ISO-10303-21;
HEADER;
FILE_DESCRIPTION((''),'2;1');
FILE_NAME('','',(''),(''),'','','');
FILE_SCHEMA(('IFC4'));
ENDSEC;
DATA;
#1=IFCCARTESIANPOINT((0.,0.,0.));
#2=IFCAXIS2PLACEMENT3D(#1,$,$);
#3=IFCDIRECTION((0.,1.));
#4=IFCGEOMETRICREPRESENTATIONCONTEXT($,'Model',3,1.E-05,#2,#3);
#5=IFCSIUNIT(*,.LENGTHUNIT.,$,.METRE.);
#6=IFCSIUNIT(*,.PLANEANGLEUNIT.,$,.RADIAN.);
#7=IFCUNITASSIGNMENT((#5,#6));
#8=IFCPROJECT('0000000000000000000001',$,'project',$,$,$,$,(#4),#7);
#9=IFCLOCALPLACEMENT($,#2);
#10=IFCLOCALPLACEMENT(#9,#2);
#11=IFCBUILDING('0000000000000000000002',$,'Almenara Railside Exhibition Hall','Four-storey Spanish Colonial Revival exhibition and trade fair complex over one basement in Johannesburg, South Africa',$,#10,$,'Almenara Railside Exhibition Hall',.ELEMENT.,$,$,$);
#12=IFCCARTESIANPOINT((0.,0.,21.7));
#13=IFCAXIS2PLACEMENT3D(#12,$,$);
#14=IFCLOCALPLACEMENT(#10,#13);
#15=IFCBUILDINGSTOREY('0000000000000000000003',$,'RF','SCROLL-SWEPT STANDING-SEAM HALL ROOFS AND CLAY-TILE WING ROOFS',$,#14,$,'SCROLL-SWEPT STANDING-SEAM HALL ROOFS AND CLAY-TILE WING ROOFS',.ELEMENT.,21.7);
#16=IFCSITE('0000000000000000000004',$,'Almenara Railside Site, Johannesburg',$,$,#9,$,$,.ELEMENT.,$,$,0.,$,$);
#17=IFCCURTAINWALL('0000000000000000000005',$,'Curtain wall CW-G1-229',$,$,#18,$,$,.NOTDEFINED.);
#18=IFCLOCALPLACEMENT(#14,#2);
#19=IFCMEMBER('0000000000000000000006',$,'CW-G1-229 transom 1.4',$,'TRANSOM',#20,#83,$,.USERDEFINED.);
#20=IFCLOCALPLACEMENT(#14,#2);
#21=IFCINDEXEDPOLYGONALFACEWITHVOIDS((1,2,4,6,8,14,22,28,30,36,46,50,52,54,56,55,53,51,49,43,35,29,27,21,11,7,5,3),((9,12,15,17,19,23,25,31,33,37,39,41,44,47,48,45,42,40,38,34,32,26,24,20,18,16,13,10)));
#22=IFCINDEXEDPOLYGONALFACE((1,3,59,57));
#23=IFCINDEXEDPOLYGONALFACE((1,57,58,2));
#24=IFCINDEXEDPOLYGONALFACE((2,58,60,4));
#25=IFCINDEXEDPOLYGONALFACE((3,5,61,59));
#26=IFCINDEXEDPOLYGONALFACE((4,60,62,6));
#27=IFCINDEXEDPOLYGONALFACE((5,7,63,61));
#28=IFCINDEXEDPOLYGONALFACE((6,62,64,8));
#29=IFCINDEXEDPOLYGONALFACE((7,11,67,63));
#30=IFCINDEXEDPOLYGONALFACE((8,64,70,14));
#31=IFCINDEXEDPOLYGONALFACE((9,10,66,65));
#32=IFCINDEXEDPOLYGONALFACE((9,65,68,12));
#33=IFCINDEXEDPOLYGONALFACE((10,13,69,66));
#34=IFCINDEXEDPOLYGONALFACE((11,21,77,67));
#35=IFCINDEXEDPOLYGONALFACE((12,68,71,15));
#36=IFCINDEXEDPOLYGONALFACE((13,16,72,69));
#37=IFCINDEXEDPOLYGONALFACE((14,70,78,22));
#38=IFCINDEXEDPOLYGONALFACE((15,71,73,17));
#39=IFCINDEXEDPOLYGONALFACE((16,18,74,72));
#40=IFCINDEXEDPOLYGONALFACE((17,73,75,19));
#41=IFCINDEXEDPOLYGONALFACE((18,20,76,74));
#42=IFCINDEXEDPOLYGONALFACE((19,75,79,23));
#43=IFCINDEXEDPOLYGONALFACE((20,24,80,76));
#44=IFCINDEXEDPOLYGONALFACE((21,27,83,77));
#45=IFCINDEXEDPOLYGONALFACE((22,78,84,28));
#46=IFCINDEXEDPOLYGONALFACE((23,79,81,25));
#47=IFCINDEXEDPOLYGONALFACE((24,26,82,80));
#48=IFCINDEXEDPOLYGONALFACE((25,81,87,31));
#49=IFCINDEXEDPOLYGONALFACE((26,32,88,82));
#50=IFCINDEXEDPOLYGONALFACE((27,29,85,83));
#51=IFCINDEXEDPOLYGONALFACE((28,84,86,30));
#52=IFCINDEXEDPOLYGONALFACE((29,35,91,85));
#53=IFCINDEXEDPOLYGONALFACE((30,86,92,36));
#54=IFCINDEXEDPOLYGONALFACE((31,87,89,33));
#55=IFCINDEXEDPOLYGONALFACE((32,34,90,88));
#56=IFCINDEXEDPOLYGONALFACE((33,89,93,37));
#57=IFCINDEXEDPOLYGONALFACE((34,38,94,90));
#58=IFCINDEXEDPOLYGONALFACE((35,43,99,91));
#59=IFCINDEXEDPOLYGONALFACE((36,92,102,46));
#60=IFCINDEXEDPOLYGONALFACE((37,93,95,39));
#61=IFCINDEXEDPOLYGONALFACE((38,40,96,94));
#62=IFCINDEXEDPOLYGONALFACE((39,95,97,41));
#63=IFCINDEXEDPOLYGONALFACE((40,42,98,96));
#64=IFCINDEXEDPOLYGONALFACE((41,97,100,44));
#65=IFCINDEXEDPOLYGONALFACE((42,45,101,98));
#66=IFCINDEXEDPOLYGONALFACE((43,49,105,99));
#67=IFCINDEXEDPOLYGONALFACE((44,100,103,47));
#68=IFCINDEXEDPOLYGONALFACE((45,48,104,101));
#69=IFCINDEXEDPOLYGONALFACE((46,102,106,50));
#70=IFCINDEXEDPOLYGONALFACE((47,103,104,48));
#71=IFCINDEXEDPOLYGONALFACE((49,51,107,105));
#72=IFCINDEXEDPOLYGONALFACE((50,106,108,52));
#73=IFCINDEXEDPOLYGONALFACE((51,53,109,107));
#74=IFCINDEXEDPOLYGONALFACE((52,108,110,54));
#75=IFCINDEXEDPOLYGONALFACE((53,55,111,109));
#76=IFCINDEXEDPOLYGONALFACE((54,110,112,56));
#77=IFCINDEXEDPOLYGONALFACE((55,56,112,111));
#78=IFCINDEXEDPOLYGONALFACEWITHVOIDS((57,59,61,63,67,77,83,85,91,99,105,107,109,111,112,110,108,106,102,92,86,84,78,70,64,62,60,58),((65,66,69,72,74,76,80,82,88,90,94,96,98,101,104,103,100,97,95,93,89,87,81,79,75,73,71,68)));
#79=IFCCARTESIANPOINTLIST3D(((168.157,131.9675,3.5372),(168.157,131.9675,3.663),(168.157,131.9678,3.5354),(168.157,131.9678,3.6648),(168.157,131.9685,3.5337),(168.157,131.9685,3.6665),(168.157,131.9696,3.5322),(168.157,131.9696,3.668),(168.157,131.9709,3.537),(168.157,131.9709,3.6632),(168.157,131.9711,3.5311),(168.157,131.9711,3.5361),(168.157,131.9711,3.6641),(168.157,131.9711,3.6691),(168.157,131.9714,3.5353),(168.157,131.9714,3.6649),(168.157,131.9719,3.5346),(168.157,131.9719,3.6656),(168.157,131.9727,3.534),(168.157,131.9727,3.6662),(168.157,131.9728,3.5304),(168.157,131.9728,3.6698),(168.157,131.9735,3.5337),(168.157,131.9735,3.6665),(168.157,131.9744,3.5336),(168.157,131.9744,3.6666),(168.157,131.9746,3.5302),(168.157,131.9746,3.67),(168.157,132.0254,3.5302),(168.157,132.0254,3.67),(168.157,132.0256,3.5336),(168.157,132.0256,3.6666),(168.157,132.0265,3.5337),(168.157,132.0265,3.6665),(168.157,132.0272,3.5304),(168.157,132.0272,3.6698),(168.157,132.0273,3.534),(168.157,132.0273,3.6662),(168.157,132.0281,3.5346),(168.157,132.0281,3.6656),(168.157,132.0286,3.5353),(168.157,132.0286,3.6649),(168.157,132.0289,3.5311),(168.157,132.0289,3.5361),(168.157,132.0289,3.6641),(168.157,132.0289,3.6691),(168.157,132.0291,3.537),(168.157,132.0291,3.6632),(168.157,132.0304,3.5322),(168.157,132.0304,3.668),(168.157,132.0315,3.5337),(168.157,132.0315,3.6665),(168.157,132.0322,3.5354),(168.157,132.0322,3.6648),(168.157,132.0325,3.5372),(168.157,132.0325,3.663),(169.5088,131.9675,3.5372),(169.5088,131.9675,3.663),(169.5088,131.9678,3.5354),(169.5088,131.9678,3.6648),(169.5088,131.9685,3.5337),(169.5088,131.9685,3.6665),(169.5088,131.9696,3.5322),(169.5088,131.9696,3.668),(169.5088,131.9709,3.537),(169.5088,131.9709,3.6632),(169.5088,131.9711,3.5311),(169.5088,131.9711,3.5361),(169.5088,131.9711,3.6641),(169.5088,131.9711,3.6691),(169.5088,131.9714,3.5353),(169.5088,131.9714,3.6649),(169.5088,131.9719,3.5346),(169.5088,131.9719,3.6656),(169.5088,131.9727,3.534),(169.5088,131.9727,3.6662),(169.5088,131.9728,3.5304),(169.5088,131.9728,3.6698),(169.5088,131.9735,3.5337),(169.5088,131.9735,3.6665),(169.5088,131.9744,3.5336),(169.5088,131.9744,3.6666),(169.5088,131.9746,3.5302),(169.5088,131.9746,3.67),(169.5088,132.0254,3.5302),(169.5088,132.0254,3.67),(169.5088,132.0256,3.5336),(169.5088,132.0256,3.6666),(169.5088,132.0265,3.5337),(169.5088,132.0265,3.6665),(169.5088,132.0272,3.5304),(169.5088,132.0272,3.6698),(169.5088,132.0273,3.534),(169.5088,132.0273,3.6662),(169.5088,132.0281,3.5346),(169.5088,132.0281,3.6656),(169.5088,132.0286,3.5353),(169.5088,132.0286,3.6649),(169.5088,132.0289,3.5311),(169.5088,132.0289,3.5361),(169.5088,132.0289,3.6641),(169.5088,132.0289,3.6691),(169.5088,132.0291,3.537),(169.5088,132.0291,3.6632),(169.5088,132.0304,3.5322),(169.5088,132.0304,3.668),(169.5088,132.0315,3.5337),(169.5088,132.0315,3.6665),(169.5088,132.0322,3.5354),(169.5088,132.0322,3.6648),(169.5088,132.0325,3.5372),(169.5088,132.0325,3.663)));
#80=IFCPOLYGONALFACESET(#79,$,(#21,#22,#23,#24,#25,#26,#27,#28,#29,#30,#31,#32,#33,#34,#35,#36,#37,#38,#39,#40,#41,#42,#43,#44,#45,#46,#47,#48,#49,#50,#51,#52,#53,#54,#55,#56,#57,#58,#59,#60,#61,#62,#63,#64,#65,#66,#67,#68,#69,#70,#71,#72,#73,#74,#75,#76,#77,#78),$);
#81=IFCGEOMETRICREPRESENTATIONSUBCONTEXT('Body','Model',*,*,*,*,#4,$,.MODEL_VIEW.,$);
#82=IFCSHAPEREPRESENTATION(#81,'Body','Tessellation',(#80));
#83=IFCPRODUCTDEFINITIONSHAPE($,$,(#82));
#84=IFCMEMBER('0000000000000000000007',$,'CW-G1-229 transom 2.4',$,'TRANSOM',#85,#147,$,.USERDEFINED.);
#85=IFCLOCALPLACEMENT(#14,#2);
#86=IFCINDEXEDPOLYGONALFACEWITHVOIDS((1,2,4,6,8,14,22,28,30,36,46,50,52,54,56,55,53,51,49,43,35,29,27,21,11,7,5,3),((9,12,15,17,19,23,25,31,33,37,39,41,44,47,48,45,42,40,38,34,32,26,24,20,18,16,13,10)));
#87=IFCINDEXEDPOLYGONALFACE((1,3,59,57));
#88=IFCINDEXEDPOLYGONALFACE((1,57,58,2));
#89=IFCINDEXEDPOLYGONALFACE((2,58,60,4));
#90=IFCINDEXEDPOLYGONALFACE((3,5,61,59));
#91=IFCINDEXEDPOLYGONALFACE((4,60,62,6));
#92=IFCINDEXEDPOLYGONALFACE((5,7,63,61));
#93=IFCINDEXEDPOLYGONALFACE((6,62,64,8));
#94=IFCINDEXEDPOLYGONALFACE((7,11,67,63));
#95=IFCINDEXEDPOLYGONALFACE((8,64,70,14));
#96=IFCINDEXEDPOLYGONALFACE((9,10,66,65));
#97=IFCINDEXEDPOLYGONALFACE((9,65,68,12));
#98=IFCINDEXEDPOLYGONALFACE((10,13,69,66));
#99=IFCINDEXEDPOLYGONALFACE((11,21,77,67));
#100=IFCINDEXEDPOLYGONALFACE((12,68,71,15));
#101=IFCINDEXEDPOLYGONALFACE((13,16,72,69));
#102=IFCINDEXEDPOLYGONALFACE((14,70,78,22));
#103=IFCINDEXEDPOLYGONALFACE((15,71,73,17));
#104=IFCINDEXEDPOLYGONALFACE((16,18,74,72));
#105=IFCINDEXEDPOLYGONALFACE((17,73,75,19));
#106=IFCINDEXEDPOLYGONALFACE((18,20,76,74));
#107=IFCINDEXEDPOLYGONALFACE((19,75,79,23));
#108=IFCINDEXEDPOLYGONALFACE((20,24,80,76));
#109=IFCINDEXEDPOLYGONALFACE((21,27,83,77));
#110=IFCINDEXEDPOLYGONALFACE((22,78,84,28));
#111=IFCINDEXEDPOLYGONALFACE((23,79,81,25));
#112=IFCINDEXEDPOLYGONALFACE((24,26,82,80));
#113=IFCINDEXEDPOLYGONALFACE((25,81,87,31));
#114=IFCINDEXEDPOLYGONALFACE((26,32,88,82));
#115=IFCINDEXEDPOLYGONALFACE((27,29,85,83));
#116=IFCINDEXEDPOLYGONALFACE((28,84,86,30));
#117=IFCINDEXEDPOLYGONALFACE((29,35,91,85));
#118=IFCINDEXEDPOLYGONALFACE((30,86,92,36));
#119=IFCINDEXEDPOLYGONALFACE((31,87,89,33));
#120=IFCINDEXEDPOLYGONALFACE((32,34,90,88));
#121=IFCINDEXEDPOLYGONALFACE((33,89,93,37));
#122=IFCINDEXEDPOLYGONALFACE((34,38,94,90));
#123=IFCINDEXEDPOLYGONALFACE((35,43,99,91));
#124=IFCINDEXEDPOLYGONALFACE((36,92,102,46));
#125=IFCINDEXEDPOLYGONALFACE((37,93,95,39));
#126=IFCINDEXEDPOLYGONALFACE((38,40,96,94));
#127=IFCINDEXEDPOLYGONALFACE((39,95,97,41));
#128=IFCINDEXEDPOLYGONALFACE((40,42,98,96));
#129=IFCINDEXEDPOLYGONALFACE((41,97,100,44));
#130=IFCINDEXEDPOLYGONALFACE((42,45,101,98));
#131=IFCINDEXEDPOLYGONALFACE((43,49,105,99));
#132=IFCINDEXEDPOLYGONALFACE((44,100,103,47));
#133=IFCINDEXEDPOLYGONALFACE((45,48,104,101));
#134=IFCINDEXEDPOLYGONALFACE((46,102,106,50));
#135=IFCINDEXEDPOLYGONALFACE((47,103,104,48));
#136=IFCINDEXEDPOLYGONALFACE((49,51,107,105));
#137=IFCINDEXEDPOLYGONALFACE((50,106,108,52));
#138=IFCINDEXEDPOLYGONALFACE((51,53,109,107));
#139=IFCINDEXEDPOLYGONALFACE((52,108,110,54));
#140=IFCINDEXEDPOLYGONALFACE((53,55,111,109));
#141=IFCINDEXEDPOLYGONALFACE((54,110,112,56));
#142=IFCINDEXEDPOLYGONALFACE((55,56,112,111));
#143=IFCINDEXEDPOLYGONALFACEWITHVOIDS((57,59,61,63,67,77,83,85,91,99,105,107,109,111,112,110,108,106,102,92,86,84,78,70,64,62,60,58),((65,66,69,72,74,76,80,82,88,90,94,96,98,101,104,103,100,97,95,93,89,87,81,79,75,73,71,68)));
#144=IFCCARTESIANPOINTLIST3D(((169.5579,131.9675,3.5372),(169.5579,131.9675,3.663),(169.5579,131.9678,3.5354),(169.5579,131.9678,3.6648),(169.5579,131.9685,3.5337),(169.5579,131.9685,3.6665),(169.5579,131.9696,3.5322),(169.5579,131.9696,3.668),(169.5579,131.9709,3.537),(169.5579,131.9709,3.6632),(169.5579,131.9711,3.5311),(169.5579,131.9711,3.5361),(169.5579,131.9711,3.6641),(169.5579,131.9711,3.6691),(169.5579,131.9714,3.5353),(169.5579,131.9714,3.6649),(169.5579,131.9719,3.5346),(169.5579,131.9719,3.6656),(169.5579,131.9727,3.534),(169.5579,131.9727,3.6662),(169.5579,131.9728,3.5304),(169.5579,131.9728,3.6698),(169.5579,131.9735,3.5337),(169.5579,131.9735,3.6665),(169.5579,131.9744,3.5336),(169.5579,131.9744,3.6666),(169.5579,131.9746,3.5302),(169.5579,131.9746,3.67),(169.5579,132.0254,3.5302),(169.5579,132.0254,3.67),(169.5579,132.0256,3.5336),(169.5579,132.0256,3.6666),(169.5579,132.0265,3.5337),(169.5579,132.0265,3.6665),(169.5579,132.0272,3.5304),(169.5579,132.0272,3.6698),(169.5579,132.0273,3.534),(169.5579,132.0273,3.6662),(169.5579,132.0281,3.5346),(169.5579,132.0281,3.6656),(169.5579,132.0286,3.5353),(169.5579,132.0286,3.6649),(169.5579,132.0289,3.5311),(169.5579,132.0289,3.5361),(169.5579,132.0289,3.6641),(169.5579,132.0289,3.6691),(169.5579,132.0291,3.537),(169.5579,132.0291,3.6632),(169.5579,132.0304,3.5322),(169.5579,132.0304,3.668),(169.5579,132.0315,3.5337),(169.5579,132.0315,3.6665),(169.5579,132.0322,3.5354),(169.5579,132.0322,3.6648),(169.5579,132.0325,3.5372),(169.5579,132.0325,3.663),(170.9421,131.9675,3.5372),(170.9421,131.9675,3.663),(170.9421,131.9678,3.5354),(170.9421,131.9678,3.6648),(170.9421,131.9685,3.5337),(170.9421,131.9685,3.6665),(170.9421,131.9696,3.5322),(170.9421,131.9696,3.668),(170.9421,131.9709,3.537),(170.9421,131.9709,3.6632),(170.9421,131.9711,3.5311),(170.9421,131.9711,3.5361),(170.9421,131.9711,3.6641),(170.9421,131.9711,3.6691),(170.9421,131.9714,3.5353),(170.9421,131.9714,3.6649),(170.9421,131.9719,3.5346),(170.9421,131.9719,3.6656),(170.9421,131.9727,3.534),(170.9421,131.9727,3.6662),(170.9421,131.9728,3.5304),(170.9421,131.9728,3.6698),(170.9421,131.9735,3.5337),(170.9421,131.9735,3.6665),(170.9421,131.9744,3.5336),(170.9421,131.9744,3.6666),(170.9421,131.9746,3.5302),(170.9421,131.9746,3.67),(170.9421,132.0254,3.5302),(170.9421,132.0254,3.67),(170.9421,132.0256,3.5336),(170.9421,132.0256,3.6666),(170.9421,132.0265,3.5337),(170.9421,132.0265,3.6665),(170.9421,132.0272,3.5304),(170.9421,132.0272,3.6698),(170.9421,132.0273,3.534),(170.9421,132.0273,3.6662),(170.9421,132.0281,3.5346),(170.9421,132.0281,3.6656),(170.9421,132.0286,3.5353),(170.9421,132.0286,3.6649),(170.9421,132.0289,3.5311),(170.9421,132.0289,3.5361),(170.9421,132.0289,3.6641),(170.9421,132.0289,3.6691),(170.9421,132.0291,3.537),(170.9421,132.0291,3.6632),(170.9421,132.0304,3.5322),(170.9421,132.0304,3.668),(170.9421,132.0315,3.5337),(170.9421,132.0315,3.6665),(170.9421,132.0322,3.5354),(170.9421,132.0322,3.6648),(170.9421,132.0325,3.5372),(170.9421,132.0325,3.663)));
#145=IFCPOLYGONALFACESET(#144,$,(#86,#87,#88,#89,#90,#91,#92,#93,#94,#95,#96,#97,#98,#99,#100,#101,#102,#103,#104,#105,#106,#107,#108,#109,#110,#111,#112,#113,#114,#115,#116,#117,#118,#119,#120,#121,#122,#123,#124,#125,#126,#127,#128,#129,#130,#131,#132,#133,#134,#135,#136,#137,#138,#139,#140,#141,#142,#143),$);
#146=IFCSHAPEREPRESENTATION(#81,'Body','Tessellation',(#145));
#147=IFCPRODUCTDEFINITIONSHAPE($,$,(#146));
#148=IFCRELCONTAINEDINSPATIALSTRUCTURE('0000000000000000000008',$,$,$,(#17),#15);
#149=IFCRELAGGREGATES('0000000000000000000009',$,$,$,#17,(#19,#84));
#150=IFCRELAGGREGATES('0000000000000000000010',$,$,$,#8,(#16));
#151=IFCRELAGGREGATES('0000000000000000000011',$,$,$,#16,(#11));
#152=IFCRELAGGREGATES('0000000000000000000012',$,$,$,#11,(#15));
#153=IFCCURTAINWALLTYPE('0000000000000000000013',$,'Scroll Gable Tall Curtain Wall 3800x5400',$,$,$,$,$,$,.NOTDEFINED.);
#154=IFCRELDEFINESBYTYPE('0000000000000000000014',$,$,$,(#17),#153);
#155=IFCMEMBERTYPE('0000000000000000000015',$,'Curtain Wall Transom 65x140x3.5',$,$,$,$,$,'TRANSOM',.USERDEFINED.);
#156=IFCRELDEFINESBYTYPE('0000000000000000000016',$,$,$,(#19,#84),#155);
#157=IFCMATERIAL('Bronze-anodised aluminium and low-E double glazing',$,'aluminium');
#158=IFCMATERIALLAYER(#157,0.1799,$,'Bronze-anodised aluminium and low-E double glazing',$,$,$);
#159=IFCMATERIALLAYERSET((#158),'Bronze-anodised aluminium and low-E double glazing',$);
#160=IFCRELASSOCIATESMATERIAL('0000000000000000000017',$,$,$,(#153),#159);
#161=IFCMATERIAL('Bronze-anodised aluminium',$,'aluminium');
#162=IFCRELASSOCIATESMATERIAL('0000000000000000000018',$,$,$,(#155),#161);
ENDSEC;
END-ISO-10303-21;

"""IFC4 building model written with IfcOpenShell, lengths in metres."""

from ifc_helpers import new_model, si_unit, direction, frame, origin, origin_2d, place, context, subcontext, project, spatial, hollow_rectangle, extrude, material, layer, layer_set, material_profile, profile_set, type_object, element, aggregate, save


model = new_model("IFC4")

# Units and contexts
model_context = context("Model", 3, precision=1e-05, world=origin(), true_north=direction((0.0, 1.0)))
body_context = subcontext(model_context, "Body", "Model", "MODEL_VIEW")
ifc_project = project(units=[si_unit("LENGTHUNIT", "METRE"), si_unit("PLANEANGLEUNIT", "RADIAN")], contexts=[model_context])

# Site, building, storey
site_placement = place(None, origin())
site = spatial("IfcSite", under=ifc_project, at=site_placement, Name="Almenara Railside Site, Johannesburg", CompositionType="ELEMENT", RefElevation=0.0)
building_placement = place(site_placement, origin())
building = spatial("IfcBuilding", under=site, at=building_placement, Name="Almenara Railside Exhibition Hall", Description="Four-storey Spanish Colonial Revival exhibition and trade fair complex over one basement in Johannesburg, South Africa", LongName="Almenara Railside Exhibition Hall", CompositionType="ELEMENT")
storey_placement = place(building_placement, frame((0.0, 0.0, 21.7)))
storey = spatial("IfcBuildingStorey", under=building, at=storey_placement, Name="RF", Description="SCROLL-SWEPT STANDING-SEAM HALL ROOFS AND CLAY-TILE WING ROOFS", LongName="SCROLL-SWEPT STANDING-SEAM HALL ROOFS AND CLAY-TILE WING ROOFS", CompositionType="ELEMENT", Elevation=21.7)

# Shared definitions
ifc_material_1 = material(Name="Bronze-anodised aluminium and low-E double glazing", Category="aluminium")
ifc_layer_1 = layer(ifc_material_1, 0.1799, Name="Bronze-anodised aluminium and low-E double glazing")
ifc_layer_set_1 = layer_set([ifc_layer_1], Name="Bronze-anodised aluminium and low-E double glazing")
curtain_wall_type = type_object("IfcCurtainWallType", Name="Scroll Gable Tall Curtain Wall 3800x5400", PredefinedType="NOTDEFINED", material=ifc_layer_set_1)
ifc_material_2 = material(Name="Bronze-anodised aluminium", Category="aluminium")

# Curtain wall, members
curtain_wall_1_placement = place(storey_placement, origin())
curtain_wall_1 = element("IfcCurtainWall", 1, at=curtain_wall_1_placement, inside=storey, type_object=curtain_wall_type, Name="Curtain wall CW-G1-229", PredefinedType="NOTDEFINED")
ifc_material_profile_1 = material_profile(ifc_material_2, hollow_rectangle(XDim=0.0649, YDim=0.1399, WallThickness=0.0034, InnerFilletRadius=0.0034, OuterFilletRadius=0.0071, at=origin_2d()), Name="ALU-TRN 65x140x3.5")
ifc_profile_set_1 = profile_set([ifc_material_profile_1], Name="Bronze-anodised aluminium")
member_type_1 = type_object("IfcMemberType", Name="Curtain Wall Transom 65x140x3.5", ElementType="TRANSOM", PredefinedType="USERDEFINED", material=ifc_profile_set_1)
member_1_placement = place(storey_placement, frame((168.157, 132.0, 3.6001), z_axis=(1.0, 0.0, 0.0), x_axis=(0.0, 1.0, 0.0)))
member_1 = element("IfcMember", 2, at=member_1_placement, type_object=member_type_1, Name="CW-G1-229 transom 1.4", ObjectType="TRANSOM", PredefinedType="USERDEFINED", context=body_context, shape_type="SweptSolid", body=[
    extrude(hollow_rectangle(XDim=0.0649, YDim=0.1399, WallThickness=0.0034, InnerFilletRadius=0.0034, OuterFilletRadius=0.0071, at=origin_2d()), origin(), (0.0, 0.0, 1.0), 1.3518),
])
member_2_placement = place(storey_placement, frame((169.5579, 132.0, 3.6001), z_axis=(1.0, 0.0, 0.0), x_axis=(0.0, 1.0, 0.0)))
member_2 = element("IfcMember", 3, at=member_2_placement, type_object=member_type_1, Name="CW-G1-229 transom 2.4", ObjectType="TRANSOM", PredefinedType="USERDEFINED", context=body_context, shape_type="SweptSolid", body=[
    extrude(hollow_rectangle(XDim=0.0649, YDim=0.1399, WallThickness=0.0034, InnerFilletRadius=0.0034, OuterFilletRadius=0.0071, at=origin_2d()), origin(), (0.0, 0.0, 1.0), 1.3843),
])

aggregate(curtain_wall_1, [member_1, member_2])

save(model, "model.ifc")
